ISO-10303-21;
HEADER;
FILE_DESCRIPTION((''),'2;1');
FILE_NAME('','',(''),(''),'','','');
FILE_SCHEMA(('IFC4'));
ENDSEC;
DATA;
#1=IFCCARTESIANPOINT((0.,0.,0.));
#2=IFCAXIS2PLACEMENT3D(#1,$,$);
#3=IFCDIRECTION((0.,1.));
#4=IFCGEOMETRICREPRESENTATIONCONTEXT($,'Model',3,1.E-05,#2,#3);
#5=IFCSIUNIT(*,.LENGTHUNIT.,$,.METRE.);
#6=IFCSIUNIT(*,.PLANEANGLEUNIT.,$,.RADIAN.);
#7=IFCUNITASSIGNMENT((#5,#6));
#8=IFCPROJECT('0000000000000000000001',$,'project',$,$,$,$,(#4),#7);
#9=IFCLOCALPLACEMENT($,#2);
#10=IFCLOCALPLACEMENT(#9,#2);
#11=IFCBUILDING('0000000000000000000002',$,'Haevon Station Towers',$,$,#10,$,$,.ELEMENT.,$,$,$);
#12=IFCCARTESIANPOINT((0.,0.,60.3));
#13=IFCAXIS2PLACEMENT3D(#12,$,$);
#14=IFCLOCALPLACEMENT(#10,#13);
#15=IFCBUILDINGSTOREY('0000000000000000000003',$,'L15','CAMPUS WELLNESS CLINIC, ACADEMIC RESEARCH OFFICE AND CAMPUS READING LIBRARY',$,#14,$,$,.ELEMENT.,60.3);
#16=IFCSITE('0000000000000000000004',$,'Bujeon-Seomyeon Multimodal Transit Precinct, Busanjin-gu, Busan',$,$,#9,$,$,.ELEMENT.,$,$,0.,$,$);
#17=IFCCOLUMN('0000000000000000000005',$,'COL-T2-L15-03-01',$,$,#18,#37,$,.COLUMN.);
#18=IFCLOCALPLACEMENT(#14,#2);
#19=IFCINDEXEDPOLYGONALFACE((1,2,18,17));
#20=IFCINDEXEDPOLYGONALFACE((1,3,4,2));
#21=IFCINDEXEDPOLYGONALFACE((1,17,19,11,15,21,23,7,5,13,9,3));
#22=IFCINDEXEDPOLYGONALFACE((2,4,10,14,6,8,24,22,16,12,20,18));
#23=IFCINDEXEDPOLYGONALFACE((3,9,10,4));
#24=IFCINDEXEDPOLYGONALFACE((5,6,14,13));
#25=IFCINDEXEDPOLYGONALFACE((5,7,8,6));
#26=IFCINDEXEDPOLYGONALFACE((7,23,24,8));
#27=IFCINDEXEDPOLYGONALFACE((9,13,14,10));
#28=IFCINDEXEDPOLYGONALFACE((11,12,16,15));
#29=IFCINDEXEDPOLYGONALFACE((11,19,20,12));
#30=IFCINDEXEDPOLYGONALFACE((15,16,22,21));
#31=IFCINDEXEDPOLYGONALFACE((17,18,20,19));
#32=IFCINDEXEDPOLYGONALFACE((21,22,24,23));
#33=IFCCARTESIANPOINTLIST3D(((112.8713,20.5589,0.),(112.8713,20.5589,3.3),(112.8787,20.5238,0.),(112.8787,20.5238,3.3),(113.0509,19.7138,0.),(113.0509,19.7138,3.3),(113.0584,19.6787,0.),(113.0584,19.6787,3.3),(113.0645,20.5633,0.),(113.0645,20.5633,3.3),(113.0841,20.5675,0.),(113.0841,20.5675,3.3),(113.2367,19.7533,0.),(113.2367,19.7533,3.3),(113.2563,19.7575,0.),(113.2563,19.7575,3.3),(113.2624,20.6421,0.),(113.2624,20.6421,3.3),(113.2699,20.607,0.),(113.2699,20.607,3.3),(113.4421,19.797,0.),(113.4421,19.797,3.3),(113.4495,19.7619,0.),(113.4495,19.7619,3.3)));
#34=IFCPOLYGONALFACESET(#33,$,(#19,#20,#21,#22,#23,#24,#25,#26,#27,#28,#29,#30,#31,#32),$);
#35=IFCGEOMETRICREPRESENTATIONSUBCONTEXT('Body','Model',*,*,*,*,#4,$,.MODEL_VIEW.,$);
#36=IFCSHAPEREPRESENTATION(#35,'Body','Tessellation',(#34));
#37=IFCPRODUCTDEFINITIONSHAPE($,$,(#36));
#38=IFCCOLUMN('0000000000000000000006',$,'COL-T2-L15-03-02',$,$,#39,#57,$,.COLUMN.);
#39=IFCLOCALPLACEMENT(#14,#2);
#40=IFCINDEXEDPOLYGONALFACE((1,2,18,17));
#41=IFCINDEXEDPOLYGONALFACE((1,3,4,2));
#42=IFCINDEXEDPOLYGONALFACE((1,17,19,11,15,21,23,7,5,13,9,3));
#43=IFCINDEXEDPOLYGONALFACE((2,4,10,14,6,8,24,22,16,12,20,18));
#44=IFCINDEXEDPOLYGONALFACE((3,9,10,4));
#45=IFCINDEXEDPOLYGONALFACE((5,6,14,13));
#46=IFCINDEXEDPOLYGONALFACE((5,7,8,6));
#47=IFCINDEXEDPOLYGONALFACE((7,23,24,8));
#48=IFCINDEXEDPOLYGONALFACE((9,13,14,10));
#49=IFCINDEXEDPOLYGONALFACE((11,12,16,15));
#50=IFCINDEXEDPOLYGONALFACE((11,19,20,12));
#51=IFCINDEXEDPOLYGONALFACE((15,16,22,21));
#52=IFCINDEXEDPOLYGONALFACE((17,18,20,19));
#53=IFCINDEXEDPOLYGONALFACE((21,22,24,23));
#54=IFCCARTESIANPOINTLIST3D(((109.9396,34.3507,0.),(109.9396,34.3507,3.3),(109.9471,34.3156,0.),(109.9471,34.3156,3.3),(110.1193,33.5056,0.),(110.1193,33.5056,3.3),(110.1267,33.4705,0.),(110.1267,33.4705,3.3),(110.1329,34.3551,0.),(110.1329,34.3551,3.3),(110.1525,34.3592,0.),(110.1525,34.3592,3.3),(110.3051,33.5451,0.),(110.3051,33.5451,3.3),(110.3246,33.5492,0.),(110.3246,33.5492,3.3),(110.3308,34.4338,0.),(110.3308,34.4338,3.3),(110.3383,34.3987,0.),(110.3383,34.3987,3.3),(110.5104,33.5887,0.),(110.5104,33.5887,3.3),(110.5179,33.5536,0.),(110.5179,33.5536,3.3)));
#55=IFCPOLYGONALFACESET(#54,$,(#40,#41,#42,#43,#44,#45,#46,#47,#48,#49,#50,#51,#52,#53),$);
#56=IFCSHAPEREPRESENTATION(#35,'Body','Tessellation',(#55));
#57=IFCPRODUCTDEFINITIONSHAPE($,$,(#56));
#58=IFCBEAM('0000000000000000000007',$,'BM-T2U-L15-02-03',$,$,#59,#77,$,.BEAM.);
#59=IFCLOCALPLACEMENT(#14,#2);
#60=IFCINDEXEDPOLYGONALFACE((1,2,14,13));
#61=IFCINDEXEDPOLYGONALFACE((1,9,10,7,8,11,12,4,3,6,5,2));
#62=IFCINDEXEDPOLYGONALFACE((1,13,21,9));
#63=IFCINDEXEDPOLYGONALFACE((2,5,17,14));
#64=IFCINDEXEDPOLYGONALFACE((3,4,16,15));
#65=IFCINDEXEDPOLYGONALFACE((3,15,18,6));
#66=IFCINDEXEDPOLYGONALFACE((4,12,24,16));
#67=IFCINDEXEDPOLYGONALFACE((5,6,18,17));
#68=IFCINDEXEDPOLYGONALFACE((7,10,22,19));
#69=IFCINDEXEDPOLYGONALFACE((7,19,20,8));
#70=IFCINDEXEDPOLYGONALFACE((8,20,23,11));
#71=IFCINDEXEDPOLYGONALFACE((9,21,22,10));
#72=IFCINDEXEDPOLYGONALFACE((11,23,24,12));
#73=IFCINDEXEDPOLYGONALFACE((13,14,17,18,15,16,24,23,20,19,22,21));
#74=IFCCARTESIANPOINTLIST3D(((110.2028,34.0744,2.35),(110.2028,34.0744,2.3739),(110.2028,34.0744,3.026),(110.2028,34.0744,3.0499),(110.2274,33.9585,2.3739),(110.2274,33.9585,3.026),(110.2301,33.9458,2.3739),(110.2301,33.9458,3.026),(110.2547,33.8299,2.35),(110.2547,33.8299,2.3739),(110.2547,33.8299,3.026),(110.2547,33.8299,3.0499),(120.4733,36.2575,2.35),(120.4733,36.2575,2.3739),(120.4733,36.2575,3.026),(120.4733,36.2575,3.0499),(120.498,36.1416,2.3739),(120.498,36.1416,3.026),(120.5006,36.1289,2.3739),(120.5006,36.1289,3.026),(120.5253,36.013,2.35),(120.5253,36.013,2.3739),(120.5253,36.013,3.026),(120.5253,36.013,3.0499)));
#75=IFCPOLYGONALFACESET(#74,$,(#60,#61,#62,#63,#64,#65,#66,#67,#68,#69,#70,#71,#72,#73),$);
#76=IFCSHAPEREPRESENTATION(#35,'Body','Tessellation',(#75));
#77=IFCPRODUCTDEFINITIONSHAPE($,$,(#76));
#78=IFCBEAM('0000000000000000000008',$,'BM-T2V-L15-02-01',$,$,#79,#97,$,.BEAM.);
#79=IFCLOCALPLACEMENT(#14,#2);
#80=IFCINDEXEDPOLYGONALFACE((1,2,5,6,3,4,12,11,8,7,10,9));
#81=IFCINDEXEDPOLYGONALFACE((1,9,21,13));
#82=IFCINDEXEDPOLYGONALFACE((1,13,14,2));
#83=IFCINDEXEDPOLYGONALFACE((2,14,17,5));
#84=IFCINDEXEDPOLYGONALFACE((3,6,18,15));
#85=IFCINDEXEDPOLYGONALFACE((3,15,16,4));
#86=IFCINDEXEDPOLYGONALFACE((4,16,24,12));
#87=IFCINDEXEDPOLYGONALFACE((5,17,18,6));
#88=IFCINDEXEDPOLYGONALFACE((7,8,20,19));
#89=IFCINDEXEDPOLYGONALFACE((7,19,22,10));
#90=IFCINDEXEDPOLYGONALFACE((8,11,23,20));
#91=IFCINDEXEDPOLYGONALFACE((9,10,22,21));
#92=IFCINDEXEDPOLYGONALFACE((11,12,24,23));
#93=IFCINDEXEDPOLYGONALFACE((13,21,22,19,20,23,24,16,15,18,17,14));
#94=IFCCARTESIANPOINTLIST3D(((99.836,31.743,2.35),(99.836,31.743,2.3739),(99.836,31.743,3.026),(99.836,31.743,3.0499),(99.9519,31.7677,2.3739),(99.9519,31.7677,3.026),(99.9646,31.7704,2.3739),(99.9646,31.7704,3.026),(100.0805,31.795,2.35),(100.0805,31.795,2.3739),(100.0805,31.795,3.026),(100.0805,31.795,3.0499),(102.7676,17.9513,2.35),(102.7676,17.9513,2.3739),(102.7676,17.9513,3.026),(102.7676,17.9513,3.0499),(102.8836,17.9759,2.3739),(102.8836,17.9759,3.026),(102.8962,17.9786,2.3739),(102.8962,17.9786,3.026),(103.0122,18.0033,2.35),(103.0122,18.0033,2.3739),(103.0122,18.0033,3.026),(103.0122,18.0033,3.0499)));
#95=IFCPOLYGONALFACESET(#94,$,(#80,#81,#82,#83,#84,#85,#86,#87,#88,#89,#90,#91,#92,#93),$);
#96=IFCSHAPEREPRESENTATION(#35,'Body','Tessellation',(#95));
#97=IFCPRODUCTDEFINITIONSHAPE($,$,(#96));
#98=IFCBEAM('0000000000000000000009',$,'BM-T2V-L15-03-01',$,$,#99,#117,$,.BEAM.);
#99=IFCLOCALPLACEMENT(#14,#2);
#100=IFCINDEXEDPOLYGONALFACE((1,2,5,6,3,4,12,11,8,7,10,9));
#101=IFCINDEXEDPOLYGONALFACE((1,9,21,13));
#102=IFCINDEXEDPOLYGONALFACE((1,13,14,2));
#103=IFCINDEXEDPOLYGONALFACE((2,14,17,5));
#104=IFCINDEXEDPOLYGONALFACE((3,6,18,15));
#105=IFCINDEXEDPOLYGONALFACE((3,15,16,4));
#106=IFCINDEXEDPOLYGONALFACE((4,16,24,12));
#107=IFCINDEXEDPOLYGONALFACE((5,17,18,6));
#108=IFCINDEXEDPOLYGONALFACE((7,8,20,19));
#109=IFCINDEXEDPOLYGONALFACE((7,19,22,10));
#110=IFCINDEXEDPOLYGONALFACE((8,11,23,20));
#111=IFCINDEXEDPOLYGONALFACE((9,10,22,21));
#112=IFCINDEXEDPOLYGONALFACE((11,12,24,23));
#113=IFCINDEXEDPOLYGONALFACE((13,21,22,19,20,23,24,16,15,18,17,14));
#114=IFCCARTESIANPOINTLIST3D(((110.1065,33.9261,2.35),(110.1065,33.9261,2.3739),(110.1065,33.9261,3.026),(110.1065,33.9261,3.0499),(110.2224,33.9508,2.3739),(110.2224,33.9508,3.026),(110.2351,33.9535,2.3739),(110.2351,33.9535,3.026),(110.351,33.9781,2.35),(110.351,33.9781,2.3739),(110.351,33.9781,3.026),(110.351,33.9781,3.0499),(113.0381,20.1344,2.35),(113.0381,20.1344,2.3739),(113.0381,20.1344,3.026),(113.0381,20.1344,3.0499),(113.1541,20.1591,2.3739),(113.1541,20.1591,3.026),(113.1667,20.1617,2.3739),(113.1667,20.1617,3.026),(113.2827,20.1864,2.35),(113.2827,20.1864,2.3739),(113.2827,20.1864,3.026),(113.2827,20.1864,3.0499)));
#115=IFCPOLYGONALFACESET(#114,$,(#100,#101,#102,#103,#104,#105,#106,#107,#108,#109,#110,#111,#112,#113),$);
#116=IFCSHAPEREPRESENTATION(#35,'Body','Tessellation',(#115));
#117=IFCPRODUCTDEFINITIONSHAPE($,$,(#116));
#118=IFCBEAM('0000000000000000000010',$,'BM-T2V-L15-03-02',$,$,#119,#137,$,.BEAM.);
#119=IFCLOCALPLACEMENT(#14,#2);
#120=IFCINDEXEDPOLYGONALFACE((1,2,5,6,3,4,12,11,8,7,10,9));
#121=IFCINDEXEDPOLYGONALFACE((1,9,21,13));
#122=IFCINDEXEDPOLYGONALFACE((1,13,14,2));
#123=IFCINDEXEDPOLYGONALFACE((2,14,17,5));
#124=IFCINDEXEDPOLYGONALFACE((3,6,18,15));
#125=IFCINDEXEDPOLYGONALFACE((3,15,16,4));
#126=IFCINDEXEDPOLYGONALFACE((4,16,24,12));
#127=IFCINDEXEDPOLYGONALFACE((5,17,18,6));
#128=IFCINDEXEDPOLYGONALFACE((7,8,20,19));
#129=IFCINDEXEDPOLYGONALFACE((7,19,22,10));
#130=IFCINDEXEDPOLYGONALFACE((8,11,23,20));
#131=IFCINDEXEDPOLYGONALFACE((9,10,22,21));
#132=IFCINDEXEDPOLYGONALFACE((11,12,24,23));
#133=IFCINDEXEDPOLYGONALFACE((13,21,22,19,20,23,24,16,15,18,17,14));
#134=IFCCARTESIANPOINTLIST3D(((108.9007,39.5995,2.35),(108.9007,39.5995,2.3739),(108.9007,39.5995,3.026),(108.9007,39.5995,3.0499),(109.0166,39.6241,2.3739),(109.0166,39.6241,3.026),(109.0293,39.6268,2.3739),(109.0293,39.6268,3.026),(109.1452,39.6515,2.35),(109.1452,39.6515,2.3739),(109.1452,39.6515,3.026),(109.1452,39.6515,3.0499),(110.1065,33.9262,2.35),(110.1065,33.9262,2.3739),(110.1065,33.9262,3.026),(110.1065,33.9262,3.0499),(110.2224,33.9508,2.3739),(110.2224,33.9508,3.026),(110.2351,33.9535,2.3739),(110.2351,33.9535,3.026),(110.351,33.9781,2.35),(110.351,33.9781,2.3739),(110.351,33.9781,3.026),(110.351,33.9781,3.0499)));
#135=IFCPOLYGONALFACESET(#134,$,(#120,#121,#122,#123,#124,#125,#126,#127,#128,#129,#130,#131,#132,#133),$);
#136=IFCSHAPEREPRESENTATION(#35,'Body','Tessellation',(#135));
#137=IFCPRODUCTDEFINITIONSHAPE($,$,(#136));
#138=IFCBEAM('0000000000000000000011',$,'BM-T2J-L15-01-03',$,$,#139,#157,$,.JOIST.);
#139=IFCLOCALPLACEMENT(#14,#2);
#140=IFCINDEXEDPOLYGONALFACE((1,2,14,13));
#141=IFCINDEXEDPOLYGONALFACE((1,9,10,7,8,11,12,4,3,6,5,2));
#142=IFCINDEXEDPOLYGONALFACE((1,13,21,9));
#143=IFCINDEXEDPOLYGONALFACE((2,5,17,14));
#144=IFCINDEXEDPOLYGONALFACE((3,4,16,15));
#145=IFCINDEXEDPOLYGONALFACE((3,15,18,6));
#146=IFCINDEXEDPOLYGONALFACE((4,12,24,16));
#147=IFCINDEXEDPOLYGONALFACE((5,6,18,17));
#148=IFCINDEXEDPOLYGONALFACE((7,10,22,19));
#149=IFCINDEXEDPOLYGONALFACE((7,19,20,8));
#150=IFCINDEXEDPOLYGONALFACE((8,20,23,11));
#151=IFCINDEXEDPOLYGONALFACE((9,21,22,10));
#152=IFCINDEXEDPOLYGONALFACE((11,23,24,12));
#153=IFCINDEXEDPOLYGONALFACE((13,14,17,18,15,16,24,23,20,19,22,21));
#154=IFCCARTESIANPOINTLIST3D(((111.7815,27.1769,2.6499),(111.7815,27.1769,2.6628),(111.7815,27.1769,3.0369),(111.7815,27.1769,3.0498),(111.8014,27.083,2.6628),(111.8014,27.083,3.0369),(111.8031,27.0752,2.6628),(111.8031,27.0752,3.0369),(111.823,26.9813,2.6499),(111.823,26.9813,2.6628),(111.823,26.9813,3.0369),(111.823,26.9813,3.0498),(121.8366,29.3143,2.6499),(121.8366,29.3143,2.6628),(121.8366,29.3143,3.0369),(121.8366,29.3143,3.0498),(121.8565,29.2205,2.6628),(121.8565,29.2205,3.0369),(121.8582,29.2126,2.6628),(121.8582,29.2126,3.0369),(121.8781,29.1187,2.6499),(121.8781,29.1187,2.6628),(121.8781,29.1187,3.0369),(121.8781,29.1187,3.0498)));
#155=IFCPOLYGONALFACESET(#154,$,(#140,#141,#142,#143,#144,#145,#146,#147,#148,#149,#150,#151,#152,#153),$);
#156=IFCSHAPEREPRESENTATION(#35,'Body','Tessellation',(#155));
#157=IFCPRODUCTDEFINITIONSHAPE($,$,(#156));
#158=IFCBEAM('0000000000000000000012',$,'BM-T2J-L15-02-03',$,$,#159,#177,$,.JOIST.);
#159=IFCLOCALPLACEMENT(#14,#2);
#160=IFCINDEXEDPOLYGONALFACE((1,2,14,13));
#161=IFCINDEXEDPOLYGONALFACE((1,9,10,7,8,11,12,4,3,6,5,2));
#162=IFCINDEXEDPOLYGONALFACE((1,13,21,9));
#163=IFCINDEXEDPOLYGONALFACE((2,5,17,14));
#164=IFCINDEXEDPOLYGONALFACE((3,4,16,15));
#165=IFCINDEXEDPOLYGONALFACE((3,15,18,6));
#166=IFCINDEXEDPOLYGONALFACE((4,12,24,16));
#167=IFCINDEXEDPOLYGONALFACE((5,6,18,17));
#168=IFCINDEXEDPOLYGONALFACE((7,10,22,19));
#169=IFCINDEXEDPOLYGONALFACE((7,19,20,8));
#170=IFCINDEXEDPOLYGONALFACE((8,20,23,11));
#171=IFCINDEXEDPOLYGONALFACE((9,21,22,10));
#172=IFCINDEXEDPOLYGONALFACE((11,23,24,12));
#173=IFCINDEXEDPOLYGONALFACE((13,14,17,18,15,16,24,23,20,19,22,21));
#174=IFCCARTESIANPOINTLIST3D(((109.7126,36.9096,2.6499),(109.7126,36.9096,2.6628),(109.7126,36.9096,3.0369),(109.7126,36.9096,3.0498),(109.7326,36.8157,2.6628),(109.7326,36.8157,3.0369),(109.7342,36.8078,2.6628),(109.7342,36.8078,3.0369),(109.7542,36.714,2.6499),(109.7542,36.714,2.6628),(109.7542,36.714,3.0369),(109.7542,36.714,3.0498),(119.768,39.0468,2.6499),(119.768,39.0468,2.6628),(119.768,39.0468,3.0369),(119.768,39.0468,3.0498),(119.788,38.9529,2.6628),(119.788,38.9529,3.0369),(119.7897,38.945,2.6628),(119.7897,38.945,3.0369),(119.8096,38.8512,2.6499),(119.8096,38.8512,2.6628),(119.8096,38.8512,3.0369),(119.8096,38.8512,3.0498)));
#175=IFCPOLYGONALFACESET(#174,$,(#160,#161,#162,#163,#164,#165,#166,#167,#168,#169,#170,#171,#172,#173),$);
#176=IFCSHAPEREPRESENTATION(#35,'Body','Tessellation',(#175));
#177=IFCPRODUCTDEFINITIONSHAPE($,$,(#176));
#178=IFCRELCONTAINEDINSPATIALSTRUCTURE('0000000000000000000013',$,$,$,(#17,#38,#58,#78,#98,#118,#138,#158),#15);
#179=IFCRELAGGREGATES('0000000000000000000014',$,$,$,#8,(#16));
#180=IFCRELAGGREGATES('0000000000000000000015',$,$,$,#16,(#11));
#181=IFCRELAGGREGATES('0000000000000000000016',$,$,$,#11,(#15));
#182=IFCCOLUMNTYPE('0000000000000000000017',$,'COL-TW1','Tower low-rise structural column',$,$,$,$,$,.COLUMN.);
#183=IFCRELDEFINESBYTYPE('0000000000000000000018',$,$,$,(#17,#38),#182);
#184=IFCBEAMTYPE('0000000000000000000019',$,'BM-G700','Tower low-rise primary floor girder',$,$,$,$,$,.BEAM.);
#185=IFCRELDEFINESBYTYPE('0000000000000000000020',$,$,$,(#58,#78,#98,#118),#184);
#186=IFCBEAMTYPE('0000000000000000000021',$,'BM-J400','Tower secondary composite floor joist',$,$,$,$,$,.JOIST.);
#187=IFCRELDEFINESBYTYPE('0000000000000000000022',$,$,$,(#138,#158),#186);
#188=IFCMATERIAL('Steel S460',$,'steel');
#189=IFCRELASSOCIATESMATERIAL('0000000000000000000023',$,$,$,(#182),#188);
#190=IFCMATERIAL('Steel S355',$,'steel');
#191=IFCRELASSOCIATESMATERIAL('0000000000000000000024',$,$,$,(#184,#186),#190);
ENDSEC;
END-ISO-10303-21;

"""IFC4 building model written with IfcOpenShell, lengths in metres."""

from ifc_helpers import new_model, si_unit, direction, frame, origin, origin_2d, place, context, subcontext, project, spatial, i_section, extrude, material, material_profile, profile_set, type_object, element, save


model = new_model("IFC4")

# Units and contexts
model_context = context("Model", 3, precision=1e-05, world=origin(), true_north=direction((0.0, 1.0)))
body_context = subcontext(model_context, "Body", "Model", "MODEL_VIEW")
ifc_project = project(units=[si_unit("LENGTHUNIT", "METRE"), si_unit("PLANEANGLEUNIT", "RADIAN")], contexts=[model_context])

# Site, building, storey
site_placement = place(None, origin())
site = spatial("IfcSite", under=ifc_project, at=site_placement, Name="Bujeon-Seomyeon Multimodal Transit Precinct, Busanjin-gu, Busan", CompositionType="ELEMENT", RefElevation=0.0)
building_placement = place(site_placement, origin())
building = spatial("IfcBuilding", under=site, at=building_placement, Name="Haevon Station Towers", CompositionType="ELEMENT")
storey_placement = place(building_placement, frame((0.0, 0.0, 60.3)))
storey = spatial("IfcBuildingStorey", under=building, at=storey_placement, Name="L15", Description="CAMPUS WELLNESS CLINIC, ACADEMIC RESEARCH OFFICE AND CAMPUS READING LIBRARY", CompositionType="ELEMENT", Elevation=60.3)

# Columns
ifc_material_1 = material(Name="Steel S460", Category="steel")
ifc_material_profile_1 = material_profile(ifc_material_1, i_section(OverallWidth=0.3999, OverallDepth=0.8999, WebThickness=0.02, FlangeThickness=0.0359, at=origin_2d()), Name="H-900x400x20x36")
ifc_profile_set_1 = profile_set([ifc_material_profile_1], Name="Steel S460")
column_type = type_object("IfcColumnType", Name="COL-TW1", Description="Tower low-rise structural column", PredefinedType="COLUMN", material=ifc_profile_set_1)
for number, where, z_axis, x_axis, name in (
    (1, (113.1604, 20.1604, 0.0), (0.0, 0.0, 1.0), (0.978148, 0.207912, 0.0), "COL-T2-L15-03-01"),
    (2, (110.2288, 33.9521, 0.0), (0.0, 0.0, 1.0), (0.978148, 0.207912, 0.0), "COL-T2-L15-03-02"),
):
    element("IfcColumn", number, at=place(storey_placement, frame(where, z_axis=z_axis, x_axis=x_axis)), inside=storey, type_object=column_type, Name=name, PredefinedType="COLUMN", context=body_context, shape_type="SweptSolid", body=[
        extrude(i_section(OverallWidth=0.3999, OverallDepth=0.8999, WebThickness=0.02, FlangeThickness=0.0359, at=origin_2d()), origin(), (0.0, 0.0, 1.0), 3.3),
    ])

# Beams
ifc_material_2 = material(Name="Steel S355", Category="steel")
ifc_material_profile_2 = material_profile(ifc_material_2, i_section(OverallWidth=0.25, OverallDepth=0.7, WebThickness=0.0129, FlangeThickness=0.0239, at=origin_2d()), Name="H-700x250x13x24")
ifc_profile_set_2 = profile_set([ifc_material_profile_2], Name="Steel S355")
beam_type_1 = type_object("IfcBeamType", Name="BM-G700", Description="Tower low-rise primary floor girder", PredefinedType="BEAM", material=ifc_profile_set_2)
beam_1_placement = place(storey_placement, frame((110.2288, 33.9521, 2.7), z_axis=(0.978147, 0.207915, 0.0), x_axis=(-0.207915, 0.978147, 0.0)))
element("IfcBeam", 3, at=beam_1_placement, inside=storey, type_object=beam_type_1, Name="BM-T2U-L15-02-03", PredefinedType="BEAM", context=body_context, shape_type="SweptSolid", body=[
    extrude(i_section(OverallWidth=0.25, OverallDepth=0.7, WebThickness=0.0129, FlangeThickness=0.0239, at=origin_2d()), origin(), (0.0, 0.0, 1.0), 10.5),
])
for number, where, z_axis, x_axis, name in (
    (4, (102.8899, 17.9773, 2.7), (-0.207919, 0.978146, 0.0), (-0.978146, -0.207919, 0.0), "BM-T2V-L15-02-01"),
    (5, (113.1604, 20.1604, 2.7), (-0.207919, 0.978146, 0.0), (-0.978146, -0.207919, 0.0), "BM-T2V-L15-03-01"),
):
    element("IfcBeam", number, at=place(storey_placement, frame(where, z_axis=z_axis, x_axis=x_axis)), inside=storey, type_object=beam_type_1, Name=name, PredefinedType="BEAM", context=body_context, shape_type="SweptSolid", body=[
        extrude(i_section(OverallWidth=0.25, OverallDepth=0.7, WebThickness=0.0129, FlangeThickness=0.0239, at=origin_2d()), origin(), (0.0, 0.0, 1.0), 14.0999),
    ])
beam_2_placement = place(storey_placement, frame((110.2288, 33.9521, 2.7), z_axis=(-0.207896, 0.978151, 0.0), x_axis=(-0.978151, -0.207896, 0.0)))
element("IfcBeam", 6, at=beam_2_placement, inside=storey, type_object=beam_type_1, Name="BM-T2V-L15-03-02", PredefinedType="BEAM", context=body_context, shape_type="SweptSolid", body=[
    extrude(i_section(OverallWidth=0.25, OverallDepth=0.7, WebThickness=0.0129, FlangeThickness=0.0239, at=origin_2d()), origin(), (0.0, 0.0, 1.0), 5.8),
])
ifc_material_profile_3 = material_profile(ifc_material_2, i_section(OverallWidth=0.2, OverallDepth=0.3999, WebThickness=0.0081, FlangeThickness=0.0129, at=origin_2d()), Name="H-400x200x8x13")
ifc_profile_set_3 = profile_set([ifc_material_profile_3], Name="Steel S355")
beam_type_2 = type_object("IfcBeamType", Name="BM-J400", Description="Tower secondary composite floor joist", PredefinedType="JOIST", material=ifc_profile_set_3)
beam_3_placement = place(storey_placement, frame((111.8022, 27.0791, 2.8499), z_axis=(0.978144, 0.207926, 0.0), x_axis=(-0.207926, 0.978144, 0.0)))
element("IfcBeam", 7, at=beam_3_placement, inside=storey, type_object=beam_type_2, Name="BM-T2J-L15-01-03", PredefinedType="JOIST", context=body_context, shape_type="SweptSolid", body=[
    extrude(i_section(OverallWidth=0.2, OverallDepth=0.3999, WebThickness=0.0081, FlangeThickness=0.0129, at=origin_2d()), origin(), (0.0, 0.0, 1.0), 10.2798),
])
beam_4_placement = place(storey_placement, frame((109.7334, 36.8118, 2.8499), z_axis=(0.97815, 0.207899, 0.0), x_axis=(-0.207899, 0.97815, 0.0)))
element("IfcBeam", 8, at=beam_4_placement, inside=storey, type_object=beam_type_2, Name="BM-T2J-L15-02-03", PredefinedType="JOIST", context=body_context, shape_type="SweptSolid", body=[
    extrude(i_section(OverallWidth=0.2, OverallDepth=0.3999, WebThickness=0.0081, FlangeThickness=0.0129, at=origin_2d()), origin(), (0.0, 0.0, 1.0), 10.28),
])

save(model, "model.ifc")
